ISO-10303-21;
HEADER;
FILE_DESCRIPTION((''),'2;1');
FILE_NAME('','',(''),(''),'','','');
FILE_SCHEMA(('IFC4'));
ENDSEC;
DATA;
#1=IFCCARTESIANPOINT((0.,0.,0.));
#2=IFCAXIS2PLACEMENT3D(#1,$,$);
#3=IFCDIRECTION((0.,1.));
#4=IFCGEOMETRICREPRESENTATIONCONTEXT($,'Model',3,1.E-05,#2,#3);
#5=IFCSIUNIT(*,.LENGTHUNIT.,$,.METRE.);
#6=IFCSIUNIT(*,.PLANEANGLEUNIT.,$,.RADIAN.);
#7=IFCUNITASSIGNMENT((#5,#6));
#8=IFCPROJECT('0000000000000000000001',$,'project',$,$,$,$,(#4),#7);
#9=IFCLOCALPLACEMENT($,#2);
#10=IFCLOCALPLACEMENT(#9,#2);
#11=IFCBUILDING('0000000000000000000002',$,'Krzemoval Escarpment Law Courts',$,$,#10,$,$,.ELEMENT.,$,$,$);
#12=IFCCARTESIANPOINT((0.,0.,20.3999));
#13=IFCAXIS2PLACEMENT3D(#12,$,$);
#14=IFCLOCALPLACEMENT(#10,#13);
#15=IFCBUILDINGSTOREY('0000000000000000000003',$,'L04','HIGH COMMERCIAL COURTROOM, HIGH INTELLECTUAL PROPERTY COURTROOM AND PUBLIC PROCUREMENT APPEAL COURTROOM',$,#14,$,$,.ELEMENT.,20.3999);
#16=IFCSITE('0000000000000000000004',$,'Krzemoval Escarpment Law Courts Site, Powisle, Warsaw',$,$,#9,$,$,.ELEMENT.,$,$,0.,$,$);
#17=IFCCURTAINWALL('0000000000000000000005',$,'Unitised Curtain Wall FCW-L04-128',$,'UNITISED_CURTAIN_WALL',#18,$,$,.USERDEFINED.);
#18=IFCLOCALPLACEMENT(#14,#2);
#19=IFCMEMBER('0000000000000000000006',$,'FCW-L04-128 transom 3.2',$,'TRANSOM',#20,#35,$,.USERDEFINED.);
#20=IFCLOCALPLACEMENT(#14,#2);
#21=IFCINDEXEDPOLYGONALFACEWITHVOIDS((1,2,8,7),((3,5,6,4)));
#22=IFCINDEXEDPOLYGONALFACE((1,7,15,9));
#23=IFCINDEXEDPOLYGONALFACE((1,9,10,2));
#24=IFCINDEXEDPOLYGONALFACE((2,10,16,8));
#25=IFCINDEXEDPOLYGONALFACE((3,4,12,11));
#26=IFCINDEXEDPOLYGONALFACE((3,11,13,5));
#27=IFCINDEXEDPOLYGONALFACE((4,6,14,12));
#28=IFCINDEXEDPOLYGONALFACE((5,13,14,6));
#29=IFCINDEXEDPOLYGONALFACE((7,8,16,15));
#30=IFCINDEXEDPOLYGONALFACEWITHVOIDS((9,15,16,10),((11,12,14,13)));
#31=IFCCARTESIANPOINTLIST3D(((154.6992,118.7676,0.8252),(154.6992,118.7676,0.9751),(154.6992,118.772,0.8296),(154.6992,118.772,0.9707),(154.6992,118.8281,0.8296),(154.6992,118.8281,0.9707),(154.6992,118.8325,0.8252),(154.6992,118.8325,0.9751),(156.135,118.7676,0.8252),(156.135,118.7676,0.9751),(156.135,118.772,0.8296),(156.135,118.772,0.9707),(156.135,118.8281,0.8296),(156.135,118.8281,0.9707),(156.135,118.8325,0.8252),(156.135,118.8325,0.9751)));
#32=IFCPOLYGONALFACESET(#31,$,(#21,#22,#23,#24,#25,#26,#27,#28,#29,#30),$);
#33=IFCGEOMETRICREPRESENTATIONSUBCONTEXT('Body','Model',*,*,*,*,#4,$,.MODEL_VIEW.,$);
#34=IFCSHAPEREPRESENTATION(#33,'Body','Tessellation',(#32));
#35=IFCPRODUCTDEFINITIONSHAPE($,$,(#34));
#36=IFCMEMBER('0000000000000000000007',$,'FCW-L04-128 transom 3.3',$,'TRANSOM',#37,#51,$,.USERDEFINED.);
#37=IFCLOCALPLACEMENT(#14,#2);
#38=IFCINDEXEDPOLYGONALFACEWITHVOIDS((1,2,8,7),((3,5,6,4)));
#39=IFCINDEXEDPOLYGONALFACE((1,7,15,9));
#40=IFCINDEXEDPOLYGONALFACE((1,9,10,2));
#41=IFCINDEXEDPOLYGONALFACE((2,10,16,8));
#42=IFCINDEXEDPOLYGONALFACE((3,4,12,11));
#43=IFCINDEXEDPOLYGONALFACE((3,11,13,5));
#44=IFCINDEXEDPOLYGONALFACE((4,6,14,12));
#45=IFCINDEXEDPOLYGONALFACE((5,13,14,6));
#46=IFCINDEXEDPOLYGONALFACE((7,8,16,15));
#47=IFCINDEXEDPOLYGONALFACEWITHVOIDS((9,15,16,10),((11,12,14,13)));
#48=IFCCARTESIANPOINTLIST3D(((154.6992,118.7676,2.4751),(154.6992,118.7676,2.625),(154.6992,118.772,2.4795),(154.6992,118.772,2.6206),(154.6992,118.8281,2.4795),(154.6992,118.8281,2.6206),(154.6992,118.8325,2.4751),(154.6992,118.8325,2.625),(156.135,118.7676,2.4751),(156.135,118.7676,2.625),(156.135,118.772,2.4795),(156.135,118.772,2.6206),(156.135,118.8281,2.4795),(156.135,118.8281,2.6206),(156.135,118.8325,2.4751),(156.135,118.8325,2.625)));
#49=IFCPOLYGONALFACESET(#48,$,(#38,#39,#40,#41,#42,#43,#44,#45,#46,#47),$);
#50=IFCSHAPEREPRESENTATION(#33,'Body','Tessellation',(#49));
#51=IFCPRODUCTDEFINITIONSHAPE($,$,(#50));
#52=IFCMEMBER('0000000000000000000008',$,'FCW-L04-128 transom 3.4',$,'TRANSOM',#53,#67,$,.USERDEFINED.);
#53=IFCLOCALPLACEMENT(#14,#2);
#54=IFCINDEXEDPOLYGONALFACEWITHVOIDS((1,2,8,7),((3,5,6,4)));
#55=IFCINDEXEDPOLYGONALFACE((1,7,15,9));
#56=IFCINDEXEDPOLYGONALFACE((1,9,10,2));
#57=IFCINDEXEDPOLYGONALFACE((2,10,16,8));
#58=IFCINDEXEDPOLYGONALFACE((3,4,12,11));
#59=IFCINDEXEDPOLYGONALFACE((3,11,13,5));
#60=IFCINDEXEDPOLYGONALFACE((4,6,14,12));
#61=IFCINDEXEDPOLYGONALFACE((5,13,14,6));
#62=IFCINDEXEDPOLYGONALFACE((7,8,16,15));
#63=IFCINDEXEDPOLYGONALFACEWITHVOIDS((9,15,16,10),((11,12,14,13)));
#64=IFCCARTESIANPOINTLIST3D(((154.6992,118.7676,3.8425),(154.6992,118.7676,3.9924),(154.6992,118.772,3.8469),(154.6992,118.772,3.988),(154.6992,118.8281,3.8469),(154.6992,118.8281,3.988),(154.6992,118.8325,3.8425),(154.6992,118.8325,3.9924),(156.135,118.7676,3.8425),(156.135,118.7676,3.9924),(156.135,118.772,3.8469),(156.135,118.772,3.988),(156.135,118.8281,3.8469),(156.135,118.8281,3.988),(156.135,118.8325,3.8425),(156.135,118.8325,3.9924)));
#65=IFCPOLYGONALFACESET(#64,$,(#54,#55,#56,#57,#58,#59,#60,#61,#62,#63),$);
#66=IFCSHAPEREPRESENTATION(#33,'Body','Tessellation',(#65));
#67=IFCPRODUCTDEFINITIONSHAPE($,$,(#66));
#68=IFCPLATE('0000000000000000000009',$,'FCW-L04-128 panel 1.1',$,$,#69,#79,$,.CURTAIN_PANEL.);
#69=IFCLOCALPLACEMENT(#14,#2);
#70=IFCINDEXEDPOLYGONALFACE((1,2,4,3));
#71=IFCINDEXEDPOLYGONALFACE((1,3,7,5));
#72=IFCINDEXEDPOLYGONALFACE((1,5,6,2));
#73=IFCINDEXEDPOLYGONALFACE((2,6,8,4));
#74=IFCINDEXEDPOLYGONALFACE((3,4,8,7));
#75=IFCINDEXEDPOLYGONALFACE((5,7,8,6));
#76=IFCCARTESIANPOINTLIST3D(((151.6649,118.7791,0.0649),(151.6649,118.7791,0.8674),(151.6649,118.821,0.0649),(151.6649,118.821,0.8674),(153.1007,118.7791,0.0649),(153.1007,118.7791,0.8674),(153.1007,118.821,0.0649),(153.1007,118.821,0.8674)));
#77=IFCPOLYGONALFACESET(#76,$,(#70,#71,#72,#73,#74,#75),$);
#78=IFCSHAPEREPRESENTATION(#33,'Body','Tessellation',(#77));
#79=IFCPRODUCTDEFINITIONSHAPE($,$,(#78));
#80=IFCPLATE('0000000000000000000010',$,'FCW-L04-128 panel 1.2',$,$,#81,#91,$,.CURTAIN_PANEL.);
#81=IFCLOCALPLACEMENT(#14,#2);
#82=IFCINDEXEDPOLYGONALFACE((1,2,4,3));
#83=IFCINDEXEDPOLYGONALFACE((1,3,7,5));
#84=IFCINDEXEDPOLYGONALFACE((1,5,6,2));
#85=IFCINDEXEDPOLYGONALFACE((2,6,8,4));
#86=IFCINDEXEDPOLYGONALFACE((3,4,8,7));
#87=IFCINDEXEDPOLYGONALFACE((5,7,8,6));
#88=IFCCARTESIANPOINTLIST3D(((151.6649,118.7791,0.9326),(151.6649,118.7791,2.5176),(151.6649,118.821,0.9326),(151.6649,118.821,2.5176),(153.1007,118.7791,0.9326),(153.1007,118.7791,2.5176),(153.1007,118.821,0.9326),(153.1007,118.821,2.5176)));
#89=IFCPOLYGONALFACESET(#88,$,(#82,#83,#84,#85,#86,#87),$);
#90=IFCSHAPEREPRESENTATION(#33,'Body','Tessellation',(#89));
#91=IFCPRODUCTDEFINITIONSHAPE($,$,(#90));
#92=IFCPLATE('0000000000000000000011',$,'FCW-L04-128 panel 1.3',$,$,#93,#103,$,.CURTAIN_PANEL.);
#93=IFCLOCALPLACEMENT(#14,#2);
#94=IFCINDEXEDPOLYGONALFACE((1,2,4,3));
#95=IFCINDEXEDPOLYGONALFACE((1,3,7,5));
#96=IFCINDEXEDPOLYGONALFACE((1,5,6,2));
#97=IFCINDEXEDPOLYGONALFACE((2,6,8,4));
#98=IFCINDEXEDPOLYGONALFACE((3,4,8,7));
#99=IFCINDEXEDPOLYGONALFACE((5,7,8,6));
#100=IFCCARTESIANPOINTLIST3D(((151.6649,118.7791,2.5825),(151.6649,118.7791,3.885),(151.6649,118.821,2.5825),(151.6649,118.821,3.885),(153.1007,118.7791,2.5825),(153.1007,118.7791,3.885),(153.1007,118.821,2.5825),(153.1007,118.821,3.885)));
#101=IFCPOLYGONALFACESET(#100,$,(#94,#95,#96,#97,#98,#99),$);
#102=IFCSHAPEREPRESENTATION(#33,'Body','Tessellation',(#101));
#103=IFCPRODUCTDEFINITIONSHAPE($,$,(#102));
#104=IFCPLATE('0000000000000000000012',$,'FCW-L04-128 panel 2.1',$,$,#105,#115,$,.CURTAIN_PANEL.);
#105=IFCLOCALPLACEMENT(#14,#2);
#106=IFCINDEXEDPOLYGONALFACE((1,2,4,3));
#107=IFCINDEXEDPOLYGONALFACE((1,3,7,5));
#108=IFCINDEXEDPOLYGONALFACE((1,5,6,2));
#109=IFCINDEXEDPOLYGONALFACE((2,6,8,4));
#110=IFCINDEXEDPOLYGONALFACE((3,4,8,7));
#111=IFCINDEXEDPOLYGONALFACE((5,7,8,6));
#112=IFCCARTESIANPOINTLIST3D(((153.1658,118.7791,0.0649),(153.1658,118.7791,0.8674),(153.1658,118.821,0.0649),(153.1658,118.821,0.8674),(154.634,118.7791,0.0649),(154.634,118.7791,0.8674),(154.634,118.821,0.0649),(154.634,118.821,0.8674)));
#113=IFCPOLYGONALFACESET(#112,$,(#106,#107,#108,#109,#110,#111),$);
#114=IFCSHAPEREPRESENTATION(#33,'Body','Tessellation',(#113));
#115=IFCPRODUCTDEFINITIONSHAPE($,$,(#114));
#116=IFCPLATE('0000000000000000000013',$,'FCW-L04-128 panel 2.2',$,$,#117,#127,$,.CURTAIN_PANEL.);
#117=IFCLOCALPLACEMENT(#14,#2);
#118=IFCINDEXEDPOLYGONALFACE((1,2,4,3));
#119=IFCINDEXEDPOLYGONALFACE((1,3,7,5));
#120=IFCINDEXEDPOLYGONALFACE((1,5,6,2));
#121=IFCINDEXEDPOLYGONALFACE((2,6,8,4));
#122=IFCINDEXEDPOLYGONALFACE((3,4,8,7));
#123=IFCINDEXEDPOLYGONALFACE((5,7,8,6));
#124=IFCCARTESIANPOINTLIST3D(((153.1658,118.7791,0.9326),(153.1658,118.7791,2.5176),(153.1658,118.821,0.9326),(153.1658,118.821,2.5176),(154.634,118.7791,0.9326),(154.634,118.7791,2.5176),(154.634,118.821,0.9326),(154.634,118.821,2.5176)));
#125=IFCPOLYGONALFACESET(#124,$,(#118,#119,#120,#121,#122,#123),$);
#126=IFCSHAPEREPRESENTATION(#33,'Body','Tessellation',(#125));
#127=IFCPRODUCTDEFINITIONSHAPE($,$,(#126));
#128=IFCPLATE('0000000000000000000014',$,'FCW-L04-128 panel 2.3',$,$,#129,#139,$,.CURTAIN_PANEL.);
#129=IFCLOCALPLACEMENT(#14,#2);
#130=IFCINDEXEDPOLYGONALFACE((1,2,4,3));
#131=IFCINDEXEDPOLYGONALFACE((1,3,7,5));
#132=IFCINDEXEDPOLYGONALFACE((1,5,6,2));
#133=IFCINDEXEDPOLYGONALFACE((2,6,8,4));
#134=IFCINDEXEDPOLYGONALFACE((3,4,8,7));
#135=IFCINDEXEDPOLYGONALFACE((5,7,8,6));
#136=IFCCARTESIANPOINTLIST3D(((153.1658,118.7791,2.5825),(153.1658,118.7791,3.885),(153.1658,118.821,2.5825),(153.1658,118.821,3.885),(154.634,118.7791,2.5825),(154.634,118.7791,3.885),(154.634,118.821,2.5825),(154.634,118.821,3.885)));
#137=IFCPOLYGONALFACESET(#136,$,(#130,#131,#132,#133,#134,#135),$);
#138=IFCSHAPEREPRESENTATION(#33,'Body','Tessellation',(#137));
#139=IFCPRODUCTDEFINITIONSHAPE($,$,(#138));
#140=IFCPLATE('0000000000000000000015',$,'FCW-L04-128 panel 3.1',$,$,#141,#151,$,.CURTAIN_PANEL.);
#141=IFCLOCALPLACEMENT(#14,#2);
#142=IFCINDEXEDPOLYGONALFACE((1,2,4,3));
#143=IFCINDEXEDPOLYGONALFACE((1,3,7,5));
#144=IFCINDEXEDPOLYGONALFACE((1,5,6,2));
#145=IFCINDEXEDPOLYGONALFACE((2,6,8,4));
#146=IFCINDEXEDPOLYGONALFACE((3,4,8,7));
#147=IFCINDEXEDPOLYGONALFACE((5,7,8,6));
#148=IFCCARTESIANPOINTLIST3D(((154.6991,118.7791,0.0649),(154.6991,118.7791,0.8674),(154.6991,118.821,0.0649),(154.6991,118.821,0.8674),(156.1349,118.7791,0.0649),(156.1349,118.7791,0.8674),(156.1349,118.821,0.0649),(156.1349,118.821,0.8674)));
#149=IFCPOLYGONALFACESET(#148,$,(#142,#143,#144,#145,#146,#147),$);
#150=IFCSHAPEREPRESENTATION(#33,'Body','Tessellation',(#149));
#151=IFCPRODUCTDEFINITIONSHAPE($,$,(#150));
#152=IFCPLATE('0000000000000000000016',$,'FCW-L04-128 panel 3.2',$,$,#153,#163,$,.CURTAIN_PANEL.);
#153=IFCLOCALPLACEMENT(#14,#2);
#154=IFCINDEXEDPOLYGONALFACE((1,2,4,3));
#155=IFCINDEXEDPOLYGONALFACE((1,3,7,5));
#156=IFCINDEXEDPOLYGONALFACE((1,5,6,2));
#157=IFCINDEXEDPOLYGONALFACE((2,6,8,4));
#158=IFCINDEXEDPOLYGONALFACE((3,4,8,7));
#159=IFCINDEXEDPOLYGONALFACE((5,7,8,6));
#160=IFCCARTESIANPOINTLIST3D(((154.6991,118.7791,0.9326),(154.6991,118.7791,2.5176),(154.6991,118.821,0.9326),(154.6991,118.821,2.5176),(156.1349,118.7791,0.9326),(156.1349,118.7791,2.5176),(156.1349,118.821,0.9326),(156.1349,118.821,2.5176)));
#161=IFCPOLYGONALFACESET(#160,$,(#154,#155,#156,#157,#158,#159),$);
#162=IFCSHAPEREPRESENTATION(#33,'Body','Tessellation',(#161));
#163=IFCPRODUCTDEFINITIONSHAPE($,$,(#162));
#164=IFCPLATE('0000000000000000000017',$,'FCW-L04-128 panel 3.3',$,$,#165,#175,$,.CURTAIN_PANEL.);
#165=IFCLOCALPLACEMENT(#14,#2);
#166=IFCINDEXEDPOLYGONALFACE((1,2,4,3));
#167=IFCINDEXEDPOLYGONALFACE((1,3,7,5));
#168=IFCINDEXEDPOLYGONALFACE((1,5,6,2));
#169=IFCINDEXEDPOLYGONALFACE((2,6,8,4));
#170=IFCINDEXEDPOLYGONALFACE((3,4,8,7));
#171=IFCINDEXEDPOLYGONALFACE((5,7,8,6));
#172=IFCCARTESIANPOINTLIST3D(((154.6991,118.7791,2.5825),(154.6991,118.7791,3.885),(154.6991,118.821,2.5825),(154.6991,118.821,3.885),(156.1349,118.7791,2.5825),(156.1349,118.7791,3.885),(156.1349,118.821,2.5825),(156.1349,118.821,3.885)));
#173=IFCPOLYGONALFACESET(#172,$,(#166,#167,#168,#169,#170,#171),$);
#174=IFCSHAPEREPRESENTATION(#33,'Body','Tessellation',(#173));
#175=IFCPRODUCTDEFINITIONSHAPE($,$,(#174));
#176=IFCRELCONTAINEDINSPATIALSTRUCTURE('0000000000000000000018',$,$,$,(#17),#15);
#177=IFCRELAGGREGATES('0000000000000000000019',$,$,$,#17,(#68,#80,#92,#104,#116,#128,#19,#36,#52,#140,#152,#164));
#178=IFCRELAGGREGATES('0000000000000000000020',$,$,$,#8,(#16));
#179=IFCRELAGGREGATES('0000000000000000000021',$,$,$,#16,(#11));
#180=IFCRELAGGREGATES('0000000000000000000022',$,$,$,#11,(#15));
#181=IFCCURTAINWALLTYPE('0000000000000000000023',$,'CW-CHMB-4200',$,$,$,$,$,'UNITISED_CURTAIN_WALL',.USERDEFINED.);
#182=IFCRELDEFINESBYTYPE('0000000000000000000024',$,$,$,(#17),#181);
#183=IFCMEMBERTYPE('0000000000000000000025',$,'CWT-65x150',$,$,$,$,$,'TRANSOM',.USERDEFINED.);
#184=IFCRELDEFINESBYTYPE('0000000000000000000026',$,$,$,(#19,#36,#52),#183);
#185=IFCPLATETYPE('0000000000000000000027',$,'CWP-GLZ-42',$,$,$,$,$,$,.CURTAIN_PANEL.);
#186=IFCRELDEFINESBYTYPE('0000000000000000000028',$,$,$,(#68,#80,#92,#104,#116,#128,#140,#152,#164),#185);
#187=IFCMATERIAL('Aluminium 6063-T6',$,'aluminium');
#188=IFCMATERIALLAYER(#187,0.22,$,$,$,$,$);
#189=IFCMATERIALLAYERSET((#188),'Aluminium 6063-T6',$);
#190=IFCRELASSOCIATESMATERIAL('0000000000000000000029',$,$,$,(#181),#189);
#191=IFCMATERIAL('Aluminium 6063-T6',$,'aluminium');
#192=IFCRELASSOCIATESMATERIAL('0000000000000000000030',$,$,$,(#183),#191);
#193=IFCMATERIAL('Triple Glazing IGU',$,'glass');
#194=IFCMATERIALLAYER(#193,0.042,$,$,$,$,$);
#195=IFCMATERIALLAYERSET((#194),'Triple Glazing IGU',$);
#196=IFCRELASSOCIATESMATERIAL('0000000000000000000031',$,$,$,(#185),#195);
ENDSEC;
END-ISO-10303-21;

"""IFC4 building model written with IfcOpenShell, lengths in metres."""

from ifc_helpers import new_model, si_unit, direction, frame, origin, origin_2d, place, context, subcontext, project, spatial, rectangle, hollow_rectangle, extrude, material, layer, layer_set, material_profile, profile_set, type_object, element, aggregate, save


model = new_model("IFC4")

# Units and contexts
model_context = context("Model", 3, precision=1e-05, world=origin(), true_north=direction((0.0, 1.0)))
body_context = subcontext(model_context, "Body", "Model", "MODEL_VIEW")
ifc_project = project(units=[si_unit("LENGTHUNIT", "METRE"), si_unit("PLANEANGLEUNIT", "RADIAN")], contexts=[model_context])

# Site, building, storey
site_placement = place(None, origin())
site = spatial("IfcSite", under=ifc_project, at=site_placement, Name="Krzemoval Escarpment Law Courts Site, Powisle, Warsaw", CompositionType="ELEMENT", RefElevation=0.0)
building_placement = place(site_placement, origin())
building = spatial("IfcBuilding", under=site, at=building_placement, Name="Krzemoval Escarpment Law Courts", CompositionType="ELEMENT")
storey_placement = place(building_placement, frame((0.0, 0.0, 20.3999)))
storey = spatial("IfcBuildingStorey", under=building, at=storey_placement, Name="L04", Description="HIGH COMMERCIAL COURTROOM, HIGH INTELLECTUAL PROPERTY COURTROOM AND PUBLIC PROCUREMENT APPEAL COURTROOM", CompositionType="ELEMENT", Elevation=20.3999)

# Curtain wall, members, plates
ifc_material_1 = material(Name="Aluminium 6063-T6", Category="aluminium")
ifc_layer_1 = layer(ifc_material_1, 0.22)
ifc_layer_set_1 = layer_set([ifc_layer_1], Name="Aluminium 6063-T6")
curtain_wall_type = type_object("IfcCurtainWallType", Name="CW-CHMB-4200", ElementType="UNITISED_CURTAIN_WALL", PredefinedType="USERDEFINED", material=ifc_layer_set_1)
curtain_wall_placement = place(storey_placement, origin())
curtain_wall = element("IfcCurtainWall", 1, at=curtain_wall_placement, inside=storey, type_object=curtain_wall_type, Name="Unitised Curtain Wall FCW-L04-128", ObjectType="UNITISED_CURTAIN_WALL", PredefinedType="USERDEFINED")
ifc_material_2 = material(Name="Aluminium 6063-T6", Category="aluminium")
ifc_material_profile_1 = material_profile(ifc_material_2, hollow_rectangle(XDim=0.0649, YDim=0.1499, WallThickness=0.0044, at=origin_2d()), Name="ALU T65x150")
ifc_profile_set_1 = profile_set([ifc_material_profile_1], Name="Aluminium 6063-T6")
member_type_1 = type_object("IfcMemberType", Name="CWT-65x150", ElementType="TRANSOM", PredefinedType="USERDEFINED", material=ifc_profile_set_1)
member_1_placement = place(storey_placement, frame((154.6992, 118.8, 0.9001), z_axis=(1.0, 0.0, 0.0), x_axis=(0.0, 1.0, 0.0)))
member_1 = element("IfcMember", 2, at=member_1_placement, type_object=member_type_1, Name="FCW-L04-128 transom 3.2", ObjectType="TRANSOM", PredefinedType="USERDEFINED", context=body_context, shape_type="SweptSolid", body=[
    extrude(hollow_rectangle(XDim=0.0649, YDim=0.1499, WallThickness=0.0044, at=origin_2d()), origin(), (0.0, 0.0, 1.0), 1.4358),
])
member_2_placement = place(storey_placement, frame((154.6992, 118.8, 2.55), z_axis=(1.0, 0.0, 0.0), x_axis=(0.0, 1.0, 0.0)))
member_2 = element("IfcMember", 3, at=member_2_placement, type_object=member_type_1, Name="FCW-L04-128 transom 3.3", ObjectType="TRANSOM", PredefinedType="USERDEFINED", context=body_context, shape_type="SweptSolid", body=[
    extrude(hollow_rectangle(XDim=0.0649, YDim=0.1499, WallThickness=0.0044, at=origin_2d()), origin(), (0.0, 0.0, 1.0), 1.4358),
])
member_3_placement = place(storey_placement, frame((154.6992, 118.8, 3.9175), z_axis=(1.0, 0.0, 0.0), x_axis=(0.0, 1.0, 0.0)))
member_3 = element("IfcMember", 4, at=member_3_placement, type_object=member_type_1, Name="FCW-L04-128 transom 3.4", ObjectType="TRANSOM", PredefinedType="USERDEFINED", context=body_context, shape_type="SweptSolid", body=[
    extrude(hollow_rectangle(XDim=0.0649, YDim=0.1499, WallThickness=0.0044, at=origin_2d()), origin(), (0.0, 0.0, 1.0), 1.4358),
])
ifc_material_3 = material(Name="Triple Glazing IGU", Category="glass")
ifc_layer_2 = layer(ifc_material_3, 0.042)
ifc_layer_set_2 = layer_set([ifc_layer_2], Name="Triple Glazing IGU")
plate_type = type_object("IfcPlateType", Name="CWP-GLZ-42", PredefinedType="CURTAIN_PANEL", material=ifc_layer_set_2)
plate_1_placement = place(storey_placement, frame((152.3828, 118.8, 0.0649), z_axis=(0.0, 0.0, 1.0), x_axis=(1.0, 0.0, 0.0)))
plate_1 = element("IfcPlate", 5, at=plate_1_placement, type_object=plate_type, Name="FCW-L04-128 panel 1.1", PredefinedType="CURTAIN_PANEL", context=body_context, shape_type="SweptSolid", body=[
    extrude(rectangle(XDim=1.4358, YDim=0.042, at=origin_2d()), origin(), (0.0, 0.0, 1.0), 0.8025),
])
plate_2_placement = place(storey_placement, frame((152.3828, 118.8, 0.9326), z_axis=(0.0, 0.0, 1.0), x_axis=(1.0, 0.0, 0.0)))
plate_2 = element("IfcPlate", 6, at=plate_2_placement, type_object=plate_type, Name="FCW-L04-128 panel 1.2", PredefinedType="CURTAIN_PANEL", context=body_context, shape_type="SweptSolid", body=[
    extrude(rectangle(XDim=1.4358, YDim=0.042, at=origin_2d()), origin(), (0.0, 0.0, 1.0), 1.585),
])
plate_3_placement = place(storey_placement, frame((152.3828, 118.8, 2.5825), z_axis=(0.0, 0.0, 1.0), x_axis=(1.0, 0.0, 0.0)))
plate_3 = element("IfcPlate", 7, at=plate_3_placement, type_object=plate_type, Name="FCW-L04-128 panel 1.3", PredefinedType="CURTAIN_PANEL", context=body_context, shape_type="SweptSolid", body=[
    extrude(rectangle(XDim=1.4358, YDim=0.042, at=origin_2d()), origin(), (0.0, 0.0, 1.0), 1.3025),
])
plate_4_placement = place(storey_placement, frame((153.8999, 118.8, 0.0649), z_axis=(0.0, 0.0, 1.0), x_axis=(1.0, 0.0, 0.0)))
plate_4 = element("IfcPlate", 8, at=plate_4_placement, type_object=plate_type, Name="FCW-L04-128 panel 2.1", PredefinedType="CURTAIN_PANEL", context=body_context, shape_type="SweptSolid", body=[
    extrude(rectangle(XDim=1.4683, YDim=0.042, at=origin_2d()), origin(), (0.0, 0.0, 1.0), 0.8025),
])
plate_5_placement = place(storey_placement, frame((153.8999, 118.8, 0.9326), z_axis=(0.0, 0.0, 1.0), x_axis=(1.0, 0.0, 0.0)))
plate_5 = element("IfcPlate", 9, at=plate_5_placement, type_object=plate_type, Name="FCW-L04-128 panel 2.2", PredefinedType="CURTAIN_PANEL", context=body_context, shape_type="SweptSolid", body=[
    extrude(rectangle(XDim=1.4683, YDim=0.042, at=origin_2d()), origin(), (0.0, 0.0, 1.0), 1.585),
])
plate_6_placement = place(storey_placement, frame((153.8999, 118.8, 2.5825), z_axis=(0.0, 0.0, 1.0), x_axis=(1.0, 0.0, 0.0)))
plate_6 = element("IfcPlate", 10, at=plate_6_placement, type_object=plate_type, Name="FCW-L04-128 panel 2.3", PredefinedType="CURTAIN_PANEL", context=body_context, shape_type="SweptSolid", body=[
    extrude(rectangle(XDim=1.4683, YDim=0.042, at=origin_2d()), origin(), (0.0, 0.0, 1.0), 1.3025),
])
plate_7_placement = place(storey_placement, frame((155.417, 118.8, 0.0649), z_axis=(0.0, 0.0, 1.0), x_axis=(1.0, 0.0, 0.0)))
plate_7 = element("IfcPlate", 11, at=plate_7_placement, type_object=plate_type, Name="FCW-L04-128 panel 3.1", PredefinedType="CURTAIN_PANEL", context=body_context, shape_type="SweptSolid", body=[
    extrude(rectangle(XDim=1.4358, YDim=0.042, at=origin_2d()), origin(), (0.0, 0.0, 1.0), 0.8025),
])
plate_8_placement = place(storey_placement, frame((155.417, 118.8, 0.9326), z_axis=(0.0, 0.0, 1.0), x_axis=(1.0, 0.0, 0.0)))
plate_8 = element("IfcPlate", 12, at=plate_8_placement, type_object=plate_type, Name="FCW-L04-128 panel 3.2", PredefinedType="CURTAIN_PANEL", context=body_context, shape_type="SweptSolid", body=[
    extrude(rectangle(XDim=1.4358, YDim=0.042, at=origin_2d()), origin(), (0.0, 0.0, 1.0), 1.585),
])
plate_9_placement = place(storey_placement, frame((155.417, 118.8, 2.5825), z_axis=(0.0, 0.0, 1.0), x_axis=(1.0, 0.0, 0.0)))
plate_9 = element("IfcPlate", 13, at=plate_9_placement, type_object=plate_type, Name="FCW-L04-128 panel 3.3", PredefinedType="CURTAIN_PANEL", context=body_context, shape_type="SweptSolid", body=[
    extrude(rectangle(XDim=1.4358, YDim=0.042, at=origin_2d()), origin(), (0.0, 0.0, 1.0), 1.3025),
])
aggregate(curtain_wall, [plate_1, plate_2, plate_3, plate_4, plate_5, plate_6, member_1, member_2, member_3, plate_7, plate_8, plate_9])

save(model, "model.ifc")
